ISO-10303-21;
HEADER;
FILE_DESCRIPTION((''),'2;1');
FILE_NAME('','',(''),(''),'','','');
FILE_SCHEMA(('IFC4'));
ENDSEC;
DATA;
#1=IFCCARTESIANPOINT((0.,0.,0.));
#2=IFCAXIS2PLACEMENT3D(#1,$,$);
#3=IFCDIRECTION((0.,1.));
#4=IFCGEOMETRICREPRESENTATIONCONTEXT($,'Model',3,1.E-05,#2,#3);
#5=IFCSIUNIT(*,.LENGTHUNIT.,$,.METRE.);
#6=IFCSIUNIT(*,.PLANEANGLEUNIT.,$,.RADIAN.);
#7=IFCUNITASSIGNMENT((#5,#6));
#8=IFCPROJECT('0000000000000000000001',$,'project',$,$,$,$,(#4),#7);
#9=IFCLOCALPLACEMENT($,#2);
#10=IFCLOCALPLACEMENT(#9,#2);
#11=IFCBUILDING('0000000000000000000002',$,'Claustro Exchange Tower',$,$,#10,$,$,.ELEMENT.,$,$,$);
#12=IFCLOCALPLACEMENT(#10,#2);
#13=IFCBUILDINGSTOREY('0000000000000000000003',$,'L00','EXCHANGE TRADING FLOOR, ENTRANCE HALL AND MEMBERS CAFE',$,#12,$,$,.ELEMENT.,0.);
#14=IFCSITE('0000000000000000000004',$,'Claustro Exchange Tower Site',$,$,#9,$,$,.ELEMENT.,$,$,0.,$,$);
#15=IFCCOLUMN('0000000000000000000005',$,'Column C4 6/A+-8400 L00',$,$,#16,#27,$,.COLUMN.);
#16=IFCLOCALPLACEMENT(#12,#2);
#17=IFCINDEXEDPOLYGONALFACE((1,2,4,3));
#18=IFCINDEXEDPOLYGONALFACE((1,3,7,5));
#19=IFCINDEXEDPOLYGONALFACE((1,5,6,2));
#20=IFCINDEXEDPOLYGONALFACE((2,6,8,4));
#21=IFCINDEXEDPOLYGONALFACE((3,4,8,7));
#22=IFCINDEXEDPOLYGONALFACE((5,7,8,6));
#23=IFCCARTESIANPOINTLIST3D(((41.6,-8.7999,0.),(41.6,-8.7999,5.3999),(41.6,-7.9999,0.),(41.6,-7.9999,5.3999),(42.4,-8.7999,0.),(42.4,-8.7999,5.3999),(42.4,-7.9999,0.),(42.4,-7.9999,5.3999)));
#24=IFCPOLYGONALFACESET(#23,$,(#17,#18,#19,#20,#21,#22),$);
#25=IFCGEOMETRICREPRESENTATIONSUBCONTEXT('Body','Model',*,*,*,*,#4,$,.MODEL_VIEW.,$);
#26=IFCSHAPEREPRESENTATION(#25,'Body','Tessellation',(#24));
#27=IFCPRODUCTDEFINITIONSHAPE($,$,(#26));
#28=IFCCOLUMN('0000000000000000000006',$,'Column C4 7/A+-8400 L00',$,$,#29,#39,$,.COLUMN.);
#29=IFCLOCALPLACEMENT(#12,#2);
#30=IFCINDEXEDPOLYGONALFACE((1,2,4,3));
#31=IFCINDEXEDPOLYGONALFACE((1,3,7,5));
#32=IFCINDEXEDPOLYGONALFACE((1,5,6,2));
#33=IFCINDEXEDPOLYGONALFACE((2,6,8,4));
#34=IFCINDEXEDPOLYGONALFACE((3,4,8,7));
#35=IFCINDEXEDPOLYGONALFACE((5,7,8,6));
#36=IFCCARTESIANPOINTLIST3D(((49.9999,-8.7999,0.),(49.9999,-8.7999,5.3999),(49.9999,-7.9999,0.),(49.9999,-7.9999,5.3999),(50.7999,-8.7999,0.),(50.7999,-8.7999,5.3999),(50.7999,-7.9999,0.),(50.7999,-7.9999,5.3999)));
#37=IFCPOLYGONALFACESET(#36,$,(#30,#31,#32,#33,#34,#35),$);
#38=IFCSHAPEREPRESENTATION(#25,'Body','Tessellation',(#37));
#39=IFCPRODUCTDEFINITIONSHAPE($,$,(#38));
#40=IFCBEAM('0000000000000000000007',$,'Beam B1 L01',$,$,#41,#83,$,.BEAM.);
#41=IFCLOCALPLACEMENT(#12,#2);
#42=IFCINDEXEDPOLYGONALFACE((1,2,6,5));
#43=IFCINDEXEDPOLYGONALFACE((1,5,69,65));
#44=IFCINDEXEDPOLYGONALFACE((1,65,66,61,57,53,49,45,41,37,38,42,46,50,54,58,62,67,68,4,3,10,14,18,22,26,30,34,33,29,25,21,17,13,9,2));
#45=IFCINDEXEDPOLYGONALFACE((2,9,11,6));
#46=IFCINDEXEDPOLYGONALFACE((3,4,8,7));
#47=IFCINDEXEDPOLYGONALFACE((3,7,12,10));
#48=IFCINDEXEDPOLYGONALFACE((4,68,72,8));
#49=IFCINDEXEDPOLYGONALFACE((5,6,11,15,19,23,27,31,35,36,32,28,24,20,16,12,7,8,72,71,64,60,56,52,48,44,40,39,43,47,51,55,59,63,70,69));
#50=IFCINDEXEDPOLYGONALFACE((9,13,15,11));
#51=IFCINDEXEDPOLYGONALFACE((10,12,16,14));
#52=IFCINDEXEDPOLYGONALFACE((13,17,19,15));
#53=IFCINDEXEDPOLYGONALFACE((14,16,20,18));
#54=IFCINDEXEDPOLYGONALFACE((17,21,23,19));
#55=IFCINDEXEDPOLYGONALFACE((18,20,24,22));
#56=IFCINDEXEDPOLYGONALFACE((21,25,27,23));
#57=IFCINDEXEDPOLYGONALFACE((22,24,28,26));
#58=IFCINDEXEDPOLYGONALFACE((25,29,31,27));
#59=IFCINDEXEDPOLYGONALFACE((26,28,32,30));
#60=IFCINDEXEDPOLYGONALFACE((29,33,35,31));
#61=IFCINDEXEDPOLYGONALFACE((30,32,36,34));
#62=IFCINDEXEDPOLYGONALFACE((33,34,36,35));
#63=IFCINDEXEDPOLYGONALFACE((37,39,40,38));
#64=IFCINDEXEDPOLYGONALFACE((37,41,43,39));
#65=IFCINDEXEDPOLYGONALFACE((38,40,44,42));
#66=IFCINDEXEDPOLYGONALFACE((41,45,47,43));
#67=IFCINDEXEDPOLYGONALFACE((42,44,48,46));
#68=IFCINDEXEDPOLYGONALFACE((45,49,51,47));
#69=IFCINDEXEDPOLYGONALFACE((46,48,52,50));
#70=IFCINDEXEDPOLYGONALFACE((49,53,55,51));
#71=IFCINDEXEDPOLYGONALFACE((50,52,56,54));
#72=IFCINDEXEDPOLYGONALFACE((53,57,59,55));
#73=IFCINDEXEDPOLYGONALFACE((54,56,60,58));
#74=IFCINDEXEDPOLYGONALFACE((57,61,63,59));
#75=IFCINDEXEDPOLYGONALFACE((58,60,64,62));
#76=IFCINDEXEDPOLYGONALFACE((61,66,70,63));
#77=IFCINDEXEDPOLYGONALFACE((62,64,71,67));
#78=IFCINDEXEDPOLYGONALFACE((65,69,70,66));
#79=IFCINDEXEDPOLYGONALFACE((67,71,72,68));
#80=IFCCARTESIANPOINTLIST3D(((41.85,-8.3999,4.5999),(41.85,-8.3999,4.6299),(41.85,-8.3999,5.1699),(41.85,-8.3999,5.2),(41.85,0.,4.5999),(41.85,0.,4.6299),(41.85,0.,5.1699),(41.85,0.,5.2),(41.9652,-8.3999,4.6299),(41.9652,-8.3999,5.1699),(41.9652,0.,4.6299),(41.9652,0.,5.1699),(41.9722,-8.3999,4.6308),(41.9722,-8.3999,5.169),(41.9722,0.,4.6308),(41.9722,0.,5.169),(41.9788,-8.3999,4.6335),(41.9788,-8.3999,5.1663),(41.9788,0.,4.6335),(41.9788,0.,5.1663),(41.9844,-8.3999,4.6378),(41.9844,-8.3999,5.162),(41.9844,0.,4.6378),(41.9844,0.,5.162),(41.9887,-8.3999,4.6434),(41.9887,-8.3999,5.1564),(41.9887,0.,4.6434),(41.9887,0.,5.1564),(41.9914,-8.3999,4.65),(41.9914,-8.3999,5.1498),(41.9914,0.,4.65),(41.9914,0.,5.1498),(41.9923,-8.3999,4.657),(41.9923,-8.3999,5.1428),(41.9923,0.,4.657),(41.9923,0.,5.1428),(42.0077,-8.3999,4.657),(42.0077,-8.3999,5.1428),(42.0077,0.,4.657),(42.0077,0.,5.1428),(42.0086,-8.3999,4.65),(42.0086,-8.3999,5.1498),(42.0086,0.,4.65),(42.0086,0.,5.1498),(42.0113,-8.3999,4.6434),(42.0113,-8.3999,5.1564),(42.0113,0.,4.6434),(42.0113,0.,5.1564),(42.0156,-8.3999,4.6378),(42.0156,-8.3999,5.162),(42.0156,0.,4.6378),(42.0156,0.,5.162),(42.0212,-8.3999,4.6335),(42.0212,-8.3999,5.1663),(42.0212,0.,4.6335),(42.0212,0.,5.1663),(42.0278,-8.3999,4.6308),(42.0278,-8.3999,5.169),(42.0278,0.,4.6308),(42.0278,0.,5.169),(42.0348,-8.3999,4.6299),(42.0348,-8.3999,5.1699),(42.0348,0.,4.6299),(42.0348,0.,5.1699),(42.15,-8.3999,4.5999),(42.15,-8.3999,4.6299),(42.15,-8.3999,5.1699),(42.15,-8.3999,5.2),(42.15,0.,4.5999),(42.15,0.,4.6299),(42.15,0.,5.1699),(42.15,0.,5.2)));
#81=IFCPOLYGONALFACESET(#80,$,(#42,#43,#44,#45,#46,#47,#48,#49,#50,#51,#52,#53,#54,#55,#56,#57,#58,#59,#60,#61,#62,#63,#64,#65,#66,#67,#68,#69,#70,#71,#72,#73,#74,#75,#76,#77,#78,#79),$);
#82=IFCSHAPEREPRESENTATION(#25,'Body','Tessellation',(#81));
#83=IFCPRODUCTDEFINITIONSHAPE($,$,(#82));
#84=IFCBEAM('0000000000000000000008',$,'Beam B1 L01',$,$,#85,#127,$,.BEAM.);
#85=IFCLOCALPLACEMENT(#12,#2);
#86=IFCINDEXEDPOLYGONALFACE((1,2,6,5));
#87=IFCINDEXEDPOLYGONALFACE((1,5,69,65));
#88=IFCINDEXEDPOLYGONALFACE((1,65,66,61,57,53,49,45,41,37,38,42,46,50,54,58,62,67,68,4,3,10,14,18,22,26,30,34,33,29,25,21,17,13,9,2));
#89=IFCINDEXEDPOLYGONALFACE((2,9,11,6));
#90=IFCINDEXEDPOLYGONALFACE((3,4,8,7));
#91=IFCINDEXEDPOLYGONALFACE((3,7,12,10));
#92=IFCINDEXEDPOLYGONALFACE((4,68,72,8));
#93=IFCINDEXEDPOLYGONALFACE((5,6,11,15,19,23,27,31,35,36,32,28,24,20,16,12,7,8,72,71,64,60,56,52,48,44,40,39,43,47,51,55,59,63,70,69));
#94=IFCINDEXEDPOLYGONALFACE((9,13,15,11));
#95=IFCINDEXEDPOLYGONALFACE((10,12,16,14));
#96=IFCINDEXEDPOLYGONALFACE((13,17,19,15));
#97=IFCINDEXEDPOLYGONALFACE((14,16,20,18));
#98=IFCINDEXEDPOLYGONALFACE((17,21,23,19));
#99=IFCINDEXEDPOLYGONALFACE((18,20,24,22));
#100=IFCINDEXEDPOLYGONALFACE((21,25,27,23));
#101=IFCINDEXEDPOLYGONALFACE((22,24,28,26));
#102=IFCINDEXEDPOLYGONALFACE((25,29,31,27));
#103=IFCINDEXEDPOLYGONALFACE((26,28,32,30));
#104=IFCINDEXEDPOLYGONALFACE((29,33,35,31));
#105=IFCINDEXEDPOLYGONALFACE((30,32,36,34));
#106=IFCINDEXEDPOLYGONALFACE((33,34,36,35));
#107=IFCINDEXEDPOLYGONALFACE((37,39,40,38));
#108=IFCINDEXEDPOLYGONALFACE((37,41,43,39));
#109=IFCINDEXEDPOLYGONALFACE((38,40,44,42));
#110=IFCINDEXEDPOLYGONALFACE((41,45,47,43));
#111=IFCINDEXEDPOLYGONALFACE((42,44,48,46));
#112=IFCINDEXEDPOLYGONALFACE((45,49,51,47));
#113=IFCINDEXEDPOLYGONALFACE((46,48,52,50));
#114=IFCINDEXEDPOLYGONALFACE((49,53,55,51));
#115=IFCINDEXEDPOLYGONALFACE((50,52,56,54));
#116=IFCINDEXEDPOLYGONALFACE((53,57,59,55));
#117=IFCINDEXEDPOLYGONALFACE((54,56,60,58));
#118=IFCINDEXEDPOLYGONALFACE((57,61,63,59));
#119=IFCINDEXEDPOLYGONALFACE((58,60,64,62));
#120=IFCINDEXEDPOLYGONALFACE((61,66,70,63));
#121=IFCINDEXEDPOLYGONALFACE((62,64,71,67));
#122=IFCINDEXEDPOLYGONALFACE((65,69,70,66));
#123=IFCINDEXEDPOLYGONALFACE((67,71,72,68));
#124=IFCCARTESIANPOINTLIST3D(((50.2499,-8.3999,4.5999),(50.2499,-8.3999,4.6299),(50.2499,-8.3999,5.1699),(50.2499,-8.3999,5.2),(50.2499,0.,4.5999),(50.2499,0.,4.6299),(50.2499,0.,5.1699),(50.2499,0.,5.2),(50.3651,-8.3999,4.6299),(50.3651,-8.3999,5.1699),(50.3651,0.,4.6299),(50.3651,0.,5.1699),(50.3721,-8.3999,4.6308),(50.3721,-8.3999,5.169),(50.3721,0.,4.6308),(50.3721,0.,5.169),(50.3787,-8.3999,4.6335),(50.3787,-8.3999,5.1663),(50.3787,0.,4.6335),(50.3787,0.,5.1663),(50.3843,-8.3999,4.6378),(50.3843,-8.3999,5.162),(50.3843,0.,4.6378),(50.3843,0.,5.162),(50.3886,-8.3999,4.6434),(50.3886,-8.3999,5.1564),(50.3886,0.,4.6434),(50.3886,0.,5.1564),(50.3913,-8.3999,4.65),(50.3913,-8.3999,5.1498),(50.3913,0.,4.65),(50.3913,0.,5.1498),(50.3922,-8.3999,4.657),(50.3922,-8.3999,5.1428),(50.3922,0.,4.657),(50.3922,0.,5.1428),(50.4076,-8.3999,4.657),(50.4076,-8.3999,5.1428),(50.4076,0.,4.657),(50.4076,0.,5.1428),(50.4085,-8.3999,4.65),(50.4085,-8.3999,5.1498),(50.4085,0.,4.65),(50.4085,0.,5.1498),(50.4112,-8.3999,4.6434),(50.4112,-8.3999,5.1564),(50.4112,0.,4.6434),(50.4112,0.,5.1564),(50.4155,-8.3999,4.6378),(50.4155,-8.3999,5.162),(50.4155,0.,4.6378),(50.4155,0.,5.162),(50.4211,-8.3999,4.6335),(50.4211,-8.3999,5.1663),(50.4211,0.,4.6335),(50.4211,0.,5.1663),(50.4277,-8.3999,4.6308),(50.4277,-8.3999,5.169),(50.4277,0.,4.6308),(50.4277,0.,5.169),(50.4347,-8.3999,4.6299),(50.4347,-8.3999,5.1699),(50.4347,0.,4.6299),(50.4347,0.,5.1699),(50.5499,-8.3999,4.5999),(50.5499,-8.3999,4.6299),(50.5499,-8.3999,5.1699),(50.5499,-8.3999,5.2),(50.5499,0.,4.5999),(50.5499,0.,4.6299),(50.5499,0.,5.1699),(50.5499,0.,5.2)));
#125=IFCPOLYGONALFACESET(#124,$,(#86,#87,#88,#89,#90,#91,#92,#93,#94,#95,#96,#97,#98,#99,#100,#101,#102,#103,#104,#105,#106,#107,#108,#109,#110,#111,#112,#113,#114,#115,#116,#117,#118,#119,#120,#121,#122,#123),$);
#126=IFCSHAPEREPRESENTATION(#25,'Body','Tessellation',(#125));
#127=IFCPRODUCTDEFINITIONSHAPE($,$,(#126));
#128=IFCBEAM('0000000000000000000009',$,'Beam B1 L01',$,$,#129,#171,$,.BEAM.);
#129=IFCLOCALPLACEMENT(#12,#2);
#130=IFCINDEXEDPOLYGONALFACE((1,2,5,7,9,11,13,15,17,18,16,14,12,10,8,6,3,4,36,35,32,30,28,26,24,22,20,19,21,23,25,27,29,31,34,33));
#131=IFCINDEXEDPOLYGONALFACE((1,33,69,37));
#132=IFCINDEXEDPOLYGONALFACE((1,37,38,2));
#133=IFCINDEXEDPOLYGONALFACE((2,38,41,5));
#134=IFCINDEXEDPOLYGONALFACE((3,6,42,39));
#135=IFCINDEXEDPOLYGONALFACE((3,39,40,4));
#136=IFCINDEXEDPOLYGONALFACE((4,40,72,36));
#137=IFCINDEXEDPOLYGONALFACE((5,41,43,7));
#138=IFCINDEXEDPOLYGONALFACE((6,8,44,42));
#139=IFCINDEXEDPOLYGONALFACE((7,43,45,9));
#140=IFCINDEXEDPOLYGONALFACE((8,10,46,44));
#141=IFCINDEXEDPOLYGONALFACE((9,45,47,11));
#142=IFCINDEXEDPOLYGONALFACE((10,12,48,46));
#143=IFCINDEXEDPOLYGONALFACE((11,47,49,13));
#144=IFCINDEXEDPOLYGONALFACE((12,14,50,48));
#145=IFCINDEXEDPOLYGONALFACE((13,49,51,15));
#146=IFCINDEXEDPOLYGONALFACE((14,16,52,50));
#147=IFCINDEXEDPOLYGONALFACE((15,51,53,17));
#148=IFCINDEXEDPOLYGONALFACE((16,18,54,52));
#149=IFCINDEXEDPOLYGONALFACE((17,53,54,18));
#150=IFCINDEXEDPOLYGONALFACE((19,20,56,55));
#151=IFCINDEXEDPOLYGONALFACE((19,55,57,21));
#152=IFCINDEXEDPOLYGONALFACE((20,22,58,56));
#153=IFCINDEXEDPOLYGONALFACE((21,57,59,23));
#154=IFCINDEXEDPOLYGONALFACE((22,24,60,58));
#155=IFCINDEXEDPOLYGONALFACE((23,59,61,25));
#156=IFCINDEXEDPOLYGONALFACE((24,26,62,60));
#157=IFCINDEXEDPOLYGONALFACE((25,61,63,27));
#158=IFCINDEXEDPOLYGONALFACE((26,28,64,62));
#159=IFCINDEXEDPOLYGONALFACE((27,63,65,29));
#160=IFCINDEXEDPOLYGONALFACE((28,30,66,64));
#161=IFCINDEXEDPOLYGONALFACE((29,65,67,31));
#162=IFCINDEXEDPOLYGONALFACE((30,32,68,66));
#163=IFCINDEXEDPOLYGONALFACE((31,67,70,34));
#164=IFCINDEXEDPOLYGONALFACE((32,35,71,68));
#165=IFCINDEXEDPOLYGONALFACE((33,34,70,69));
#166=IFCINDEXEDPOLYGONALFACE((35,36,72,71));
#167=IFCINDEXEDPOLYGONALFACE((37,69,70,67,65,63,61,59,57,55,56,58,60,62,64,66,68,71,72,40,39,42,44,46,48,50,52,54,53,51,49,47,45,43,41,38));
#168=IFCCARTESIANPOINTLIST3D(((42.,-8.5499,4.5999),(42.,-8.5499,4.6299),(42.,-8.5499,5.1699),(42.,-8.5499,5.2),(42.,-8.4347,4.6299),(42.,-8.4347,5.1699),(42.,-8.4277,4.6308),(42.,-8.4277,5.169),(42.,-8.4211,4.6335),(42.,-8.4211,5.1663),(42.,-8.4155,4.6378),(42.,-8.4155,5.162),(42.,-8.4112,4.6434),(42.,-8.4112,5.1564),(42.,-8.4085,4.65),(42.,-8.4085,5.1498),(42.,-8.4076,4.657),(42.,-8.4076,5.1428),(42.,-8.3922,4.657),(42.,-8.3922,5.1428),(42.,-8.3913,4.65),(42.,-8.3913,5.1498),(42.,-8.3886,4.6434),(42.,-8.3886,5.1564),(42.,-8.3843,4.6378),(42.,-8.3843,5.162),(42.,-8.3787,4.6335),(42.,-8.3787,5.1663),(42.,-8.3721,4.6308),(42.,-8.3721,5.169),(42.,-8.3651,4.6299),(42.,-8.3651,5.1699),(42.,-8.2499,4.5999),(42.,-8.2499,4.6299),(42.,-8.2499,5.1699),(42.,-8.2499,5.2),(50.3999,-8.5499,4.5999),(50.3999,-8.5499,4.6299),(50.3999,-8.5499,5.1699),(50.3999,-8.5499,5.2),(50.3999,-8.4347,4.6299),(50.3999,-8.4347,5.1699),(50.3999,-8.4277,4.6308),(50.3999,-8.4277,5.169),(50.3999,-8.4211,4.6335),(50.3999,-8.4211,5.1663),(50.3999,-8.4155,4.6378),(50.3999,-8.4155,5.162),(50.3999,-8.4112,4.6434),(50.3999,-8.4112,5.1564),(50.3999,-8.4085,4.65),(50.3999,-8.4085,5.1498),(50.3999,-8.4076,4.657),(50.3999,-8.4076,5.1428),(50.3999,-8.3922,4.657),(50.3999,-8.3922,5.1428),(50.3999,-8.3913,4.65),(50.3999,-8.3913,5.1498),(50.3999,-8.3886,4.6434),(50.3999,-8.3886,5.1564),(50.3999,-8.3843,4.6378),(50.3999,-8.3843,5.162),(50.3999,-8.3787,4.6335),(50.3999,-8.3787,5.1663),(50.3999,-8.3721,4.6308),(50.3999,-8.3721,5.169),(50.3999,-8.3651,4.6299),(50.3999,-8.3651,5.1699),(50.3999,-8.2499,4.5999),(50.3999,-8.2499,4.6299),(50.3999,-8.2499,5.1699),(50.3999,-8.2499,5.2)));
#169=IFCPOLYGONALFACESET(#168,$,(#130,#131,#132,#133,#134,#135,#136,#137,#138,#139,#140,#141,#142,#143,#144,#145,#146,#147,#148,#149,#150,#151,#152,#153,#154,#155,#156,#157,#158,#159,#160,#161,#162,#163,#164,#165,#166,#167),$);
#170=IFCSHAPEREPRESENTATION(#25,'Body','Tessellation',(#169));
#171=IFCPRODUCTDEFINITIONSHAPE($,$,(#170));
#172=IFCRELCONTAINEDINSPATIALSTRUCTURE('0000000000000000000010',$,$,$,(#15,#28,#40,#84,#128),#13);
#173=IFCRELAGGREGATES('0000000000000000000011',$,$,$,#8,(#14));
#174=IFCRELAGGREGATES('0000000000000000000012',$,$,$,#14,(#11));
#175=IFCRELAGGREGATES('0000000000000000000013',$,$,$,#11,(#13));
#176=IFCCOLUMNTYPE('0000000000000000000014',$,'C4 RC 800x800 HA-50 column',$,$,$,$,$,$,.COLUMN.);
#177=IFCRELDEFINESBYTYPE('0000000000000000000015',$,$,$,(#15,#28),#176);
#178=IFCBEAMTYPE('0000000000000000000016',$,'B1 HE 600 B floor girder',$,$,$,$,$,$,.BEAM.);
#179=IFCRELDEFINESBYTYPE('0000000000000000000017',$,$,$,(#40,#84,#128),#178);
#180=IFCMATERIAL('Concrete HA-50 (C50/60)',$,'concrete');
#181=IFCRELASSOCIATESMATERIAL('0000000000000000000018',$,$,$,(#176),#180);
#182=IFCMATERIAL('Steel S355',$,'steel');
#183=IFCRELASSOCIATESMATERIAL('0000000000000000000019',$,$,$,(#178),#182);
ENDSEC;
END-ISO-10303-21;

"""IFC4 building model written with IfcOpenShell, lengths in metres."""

from ifc_helpers import new_model, si_unit, direction, frame, origin, origin_2d, place, context, subcontext, project, spatial, rectangle, i_section, extrude, material, material_profile, profile_set, type_object, element, save


model = new_model("IFC4")

# Units and contexts
model_context = context("Model", 3, precision=1e-05, world=origin(), true_north=direction((0.0, 1.0)))
body_context = subcontext(model_context, "Body", "Model", "MODEL_VIEW")
ifc_project = project(units=[si_unit("LENGTHUNIT", "METRE"), si_unit("PLANEANGLEUNIT", "RADIAN")], contexts=[model_context])

# Site, building, storey
site_placement = place(None, origin())
site = spatial("IfcSite", under=ifc_project, at=site_placement, Name="Claustro Exchange Tower Site", CompositionType="ELEMENT", RefElevation=0.0)
building_placement = place(site_placement, origin())
building = spatial("IfcBuilding", under=site, at=building_placement, Name="Claustro Exchange Tower", CompositionType="ELEMENT")
storey_placement = place(building_placement, origin())
storey = spatial("IfcBuildingStorey", under=building, at=storey_placement, Name="L00", Description="EXCHANGE TRADING FLOOR, ENTRANCE HALL AND MEMBERS CAFE", CompositionType="ELEMENT", Elevation=0.0)

# Columns
ifc_material_1 = material(Name="Concrete HA-50 (C50/60)", Category="concrete")
ifc_material_profile_1 = material_profile(ifc_material_1, rectangle(XDim=0.8, YDim=0.8, at=origin_2d()), Name="RC 800x800")
ifc_profile_set_1 = profile_set([ifc_material_profile_1], Name="Concrete HA-50 (C50/60)")
column_type = type_object("IfcColumnType", Name="C4 RC 800x800 HA-50 column", PredefinedType="COLUMN", material=ifc_profile_set_1)
for number, where, z_axis, x_axis, name in (
    (1, (42.0, -8.3999, 0.0), (0.0, 0.0, 1.0), (1.0, 0.0, 0.0), "Column C4 6/A+-8400 L00"),
    (2, (50.3999, -8.3999, 0.0), (0.0, 0.0, 1.0), (1.0, 0.0, 0.0), "Column C4 7/A+-8400 L00"),
):
    element("IfcColumn", number, at=place(storey_placement, frame(where, z_axis=z_axis, x_axis=x_axis)), inside=storey, type_object=column_type, Name=name, PredefinedType="COLUMN", context=body_context, shape_type="SweptSolid", body=[
        extrude(rectangle(XDim=0.8, YDim=0.8, at=origin_2d()), origin(), (0.0, 0.0, 1.0), 5.3999),
    ])

# Beams
ifc_material_2 = material(Name="Steel S355", Category="steel")
ifc_material_profile_2 = material_profile(ifc_material_2, i_section(OverallWidth=0.3, OverallDepth=0.6001, WebThickness=0.0154, FlangeThickness=0.03, FilletRadius=0.0271, at=origin_2d()), Name="HE 600 B")
ifc_profile_set_2 = profile_set([ifc_material_profile_2], Name="Steel S355")
beam_type_1 = type_object("IfcBeamType", Name="B1 HE 600 B floor girder", PredefinedType="BEAM", material=ifc_profile_set_2)
for number, where, z_axis, x_axis, name in (
    (3, (42.0, -8.3999, 4.8999), (0.0, 1.0, 0.0), (-1.0, 0.0, 0.0), "Beam B1 L01"),
    (4, (50.3999, -8.3999, 4.8999), (0.0, 1.0, 0.0), (-1.0, 0.0, 0.0), "Beam B1 L01"),
    (5, (42.0, -8.3999, 4.8999), (1.0, 0.0, 0.0), (0.0, 1.0, 0.0), "Beam B1 L01"),
):
    element("IfcBeam", number, at=place(storey_placement, frame(where, z_axis=z_axis, x_axis=x_axis)), inside=storey, type_object=beam_type_1, Name=name, PredefinedType="BEAM", context=body_context, shape_type="SweptSolid", body=[
        extrude(i_section(OverallWidth=0.3, OverallDepth=0.6001, WebThickness=0.0154, FlangeThickness=0.03, FilletRadius=0.0271, at=origin_2d()), origin(), (0.0, 0.0, 1.0), 8.3999),
    ])

save(model, "model.ifc")
